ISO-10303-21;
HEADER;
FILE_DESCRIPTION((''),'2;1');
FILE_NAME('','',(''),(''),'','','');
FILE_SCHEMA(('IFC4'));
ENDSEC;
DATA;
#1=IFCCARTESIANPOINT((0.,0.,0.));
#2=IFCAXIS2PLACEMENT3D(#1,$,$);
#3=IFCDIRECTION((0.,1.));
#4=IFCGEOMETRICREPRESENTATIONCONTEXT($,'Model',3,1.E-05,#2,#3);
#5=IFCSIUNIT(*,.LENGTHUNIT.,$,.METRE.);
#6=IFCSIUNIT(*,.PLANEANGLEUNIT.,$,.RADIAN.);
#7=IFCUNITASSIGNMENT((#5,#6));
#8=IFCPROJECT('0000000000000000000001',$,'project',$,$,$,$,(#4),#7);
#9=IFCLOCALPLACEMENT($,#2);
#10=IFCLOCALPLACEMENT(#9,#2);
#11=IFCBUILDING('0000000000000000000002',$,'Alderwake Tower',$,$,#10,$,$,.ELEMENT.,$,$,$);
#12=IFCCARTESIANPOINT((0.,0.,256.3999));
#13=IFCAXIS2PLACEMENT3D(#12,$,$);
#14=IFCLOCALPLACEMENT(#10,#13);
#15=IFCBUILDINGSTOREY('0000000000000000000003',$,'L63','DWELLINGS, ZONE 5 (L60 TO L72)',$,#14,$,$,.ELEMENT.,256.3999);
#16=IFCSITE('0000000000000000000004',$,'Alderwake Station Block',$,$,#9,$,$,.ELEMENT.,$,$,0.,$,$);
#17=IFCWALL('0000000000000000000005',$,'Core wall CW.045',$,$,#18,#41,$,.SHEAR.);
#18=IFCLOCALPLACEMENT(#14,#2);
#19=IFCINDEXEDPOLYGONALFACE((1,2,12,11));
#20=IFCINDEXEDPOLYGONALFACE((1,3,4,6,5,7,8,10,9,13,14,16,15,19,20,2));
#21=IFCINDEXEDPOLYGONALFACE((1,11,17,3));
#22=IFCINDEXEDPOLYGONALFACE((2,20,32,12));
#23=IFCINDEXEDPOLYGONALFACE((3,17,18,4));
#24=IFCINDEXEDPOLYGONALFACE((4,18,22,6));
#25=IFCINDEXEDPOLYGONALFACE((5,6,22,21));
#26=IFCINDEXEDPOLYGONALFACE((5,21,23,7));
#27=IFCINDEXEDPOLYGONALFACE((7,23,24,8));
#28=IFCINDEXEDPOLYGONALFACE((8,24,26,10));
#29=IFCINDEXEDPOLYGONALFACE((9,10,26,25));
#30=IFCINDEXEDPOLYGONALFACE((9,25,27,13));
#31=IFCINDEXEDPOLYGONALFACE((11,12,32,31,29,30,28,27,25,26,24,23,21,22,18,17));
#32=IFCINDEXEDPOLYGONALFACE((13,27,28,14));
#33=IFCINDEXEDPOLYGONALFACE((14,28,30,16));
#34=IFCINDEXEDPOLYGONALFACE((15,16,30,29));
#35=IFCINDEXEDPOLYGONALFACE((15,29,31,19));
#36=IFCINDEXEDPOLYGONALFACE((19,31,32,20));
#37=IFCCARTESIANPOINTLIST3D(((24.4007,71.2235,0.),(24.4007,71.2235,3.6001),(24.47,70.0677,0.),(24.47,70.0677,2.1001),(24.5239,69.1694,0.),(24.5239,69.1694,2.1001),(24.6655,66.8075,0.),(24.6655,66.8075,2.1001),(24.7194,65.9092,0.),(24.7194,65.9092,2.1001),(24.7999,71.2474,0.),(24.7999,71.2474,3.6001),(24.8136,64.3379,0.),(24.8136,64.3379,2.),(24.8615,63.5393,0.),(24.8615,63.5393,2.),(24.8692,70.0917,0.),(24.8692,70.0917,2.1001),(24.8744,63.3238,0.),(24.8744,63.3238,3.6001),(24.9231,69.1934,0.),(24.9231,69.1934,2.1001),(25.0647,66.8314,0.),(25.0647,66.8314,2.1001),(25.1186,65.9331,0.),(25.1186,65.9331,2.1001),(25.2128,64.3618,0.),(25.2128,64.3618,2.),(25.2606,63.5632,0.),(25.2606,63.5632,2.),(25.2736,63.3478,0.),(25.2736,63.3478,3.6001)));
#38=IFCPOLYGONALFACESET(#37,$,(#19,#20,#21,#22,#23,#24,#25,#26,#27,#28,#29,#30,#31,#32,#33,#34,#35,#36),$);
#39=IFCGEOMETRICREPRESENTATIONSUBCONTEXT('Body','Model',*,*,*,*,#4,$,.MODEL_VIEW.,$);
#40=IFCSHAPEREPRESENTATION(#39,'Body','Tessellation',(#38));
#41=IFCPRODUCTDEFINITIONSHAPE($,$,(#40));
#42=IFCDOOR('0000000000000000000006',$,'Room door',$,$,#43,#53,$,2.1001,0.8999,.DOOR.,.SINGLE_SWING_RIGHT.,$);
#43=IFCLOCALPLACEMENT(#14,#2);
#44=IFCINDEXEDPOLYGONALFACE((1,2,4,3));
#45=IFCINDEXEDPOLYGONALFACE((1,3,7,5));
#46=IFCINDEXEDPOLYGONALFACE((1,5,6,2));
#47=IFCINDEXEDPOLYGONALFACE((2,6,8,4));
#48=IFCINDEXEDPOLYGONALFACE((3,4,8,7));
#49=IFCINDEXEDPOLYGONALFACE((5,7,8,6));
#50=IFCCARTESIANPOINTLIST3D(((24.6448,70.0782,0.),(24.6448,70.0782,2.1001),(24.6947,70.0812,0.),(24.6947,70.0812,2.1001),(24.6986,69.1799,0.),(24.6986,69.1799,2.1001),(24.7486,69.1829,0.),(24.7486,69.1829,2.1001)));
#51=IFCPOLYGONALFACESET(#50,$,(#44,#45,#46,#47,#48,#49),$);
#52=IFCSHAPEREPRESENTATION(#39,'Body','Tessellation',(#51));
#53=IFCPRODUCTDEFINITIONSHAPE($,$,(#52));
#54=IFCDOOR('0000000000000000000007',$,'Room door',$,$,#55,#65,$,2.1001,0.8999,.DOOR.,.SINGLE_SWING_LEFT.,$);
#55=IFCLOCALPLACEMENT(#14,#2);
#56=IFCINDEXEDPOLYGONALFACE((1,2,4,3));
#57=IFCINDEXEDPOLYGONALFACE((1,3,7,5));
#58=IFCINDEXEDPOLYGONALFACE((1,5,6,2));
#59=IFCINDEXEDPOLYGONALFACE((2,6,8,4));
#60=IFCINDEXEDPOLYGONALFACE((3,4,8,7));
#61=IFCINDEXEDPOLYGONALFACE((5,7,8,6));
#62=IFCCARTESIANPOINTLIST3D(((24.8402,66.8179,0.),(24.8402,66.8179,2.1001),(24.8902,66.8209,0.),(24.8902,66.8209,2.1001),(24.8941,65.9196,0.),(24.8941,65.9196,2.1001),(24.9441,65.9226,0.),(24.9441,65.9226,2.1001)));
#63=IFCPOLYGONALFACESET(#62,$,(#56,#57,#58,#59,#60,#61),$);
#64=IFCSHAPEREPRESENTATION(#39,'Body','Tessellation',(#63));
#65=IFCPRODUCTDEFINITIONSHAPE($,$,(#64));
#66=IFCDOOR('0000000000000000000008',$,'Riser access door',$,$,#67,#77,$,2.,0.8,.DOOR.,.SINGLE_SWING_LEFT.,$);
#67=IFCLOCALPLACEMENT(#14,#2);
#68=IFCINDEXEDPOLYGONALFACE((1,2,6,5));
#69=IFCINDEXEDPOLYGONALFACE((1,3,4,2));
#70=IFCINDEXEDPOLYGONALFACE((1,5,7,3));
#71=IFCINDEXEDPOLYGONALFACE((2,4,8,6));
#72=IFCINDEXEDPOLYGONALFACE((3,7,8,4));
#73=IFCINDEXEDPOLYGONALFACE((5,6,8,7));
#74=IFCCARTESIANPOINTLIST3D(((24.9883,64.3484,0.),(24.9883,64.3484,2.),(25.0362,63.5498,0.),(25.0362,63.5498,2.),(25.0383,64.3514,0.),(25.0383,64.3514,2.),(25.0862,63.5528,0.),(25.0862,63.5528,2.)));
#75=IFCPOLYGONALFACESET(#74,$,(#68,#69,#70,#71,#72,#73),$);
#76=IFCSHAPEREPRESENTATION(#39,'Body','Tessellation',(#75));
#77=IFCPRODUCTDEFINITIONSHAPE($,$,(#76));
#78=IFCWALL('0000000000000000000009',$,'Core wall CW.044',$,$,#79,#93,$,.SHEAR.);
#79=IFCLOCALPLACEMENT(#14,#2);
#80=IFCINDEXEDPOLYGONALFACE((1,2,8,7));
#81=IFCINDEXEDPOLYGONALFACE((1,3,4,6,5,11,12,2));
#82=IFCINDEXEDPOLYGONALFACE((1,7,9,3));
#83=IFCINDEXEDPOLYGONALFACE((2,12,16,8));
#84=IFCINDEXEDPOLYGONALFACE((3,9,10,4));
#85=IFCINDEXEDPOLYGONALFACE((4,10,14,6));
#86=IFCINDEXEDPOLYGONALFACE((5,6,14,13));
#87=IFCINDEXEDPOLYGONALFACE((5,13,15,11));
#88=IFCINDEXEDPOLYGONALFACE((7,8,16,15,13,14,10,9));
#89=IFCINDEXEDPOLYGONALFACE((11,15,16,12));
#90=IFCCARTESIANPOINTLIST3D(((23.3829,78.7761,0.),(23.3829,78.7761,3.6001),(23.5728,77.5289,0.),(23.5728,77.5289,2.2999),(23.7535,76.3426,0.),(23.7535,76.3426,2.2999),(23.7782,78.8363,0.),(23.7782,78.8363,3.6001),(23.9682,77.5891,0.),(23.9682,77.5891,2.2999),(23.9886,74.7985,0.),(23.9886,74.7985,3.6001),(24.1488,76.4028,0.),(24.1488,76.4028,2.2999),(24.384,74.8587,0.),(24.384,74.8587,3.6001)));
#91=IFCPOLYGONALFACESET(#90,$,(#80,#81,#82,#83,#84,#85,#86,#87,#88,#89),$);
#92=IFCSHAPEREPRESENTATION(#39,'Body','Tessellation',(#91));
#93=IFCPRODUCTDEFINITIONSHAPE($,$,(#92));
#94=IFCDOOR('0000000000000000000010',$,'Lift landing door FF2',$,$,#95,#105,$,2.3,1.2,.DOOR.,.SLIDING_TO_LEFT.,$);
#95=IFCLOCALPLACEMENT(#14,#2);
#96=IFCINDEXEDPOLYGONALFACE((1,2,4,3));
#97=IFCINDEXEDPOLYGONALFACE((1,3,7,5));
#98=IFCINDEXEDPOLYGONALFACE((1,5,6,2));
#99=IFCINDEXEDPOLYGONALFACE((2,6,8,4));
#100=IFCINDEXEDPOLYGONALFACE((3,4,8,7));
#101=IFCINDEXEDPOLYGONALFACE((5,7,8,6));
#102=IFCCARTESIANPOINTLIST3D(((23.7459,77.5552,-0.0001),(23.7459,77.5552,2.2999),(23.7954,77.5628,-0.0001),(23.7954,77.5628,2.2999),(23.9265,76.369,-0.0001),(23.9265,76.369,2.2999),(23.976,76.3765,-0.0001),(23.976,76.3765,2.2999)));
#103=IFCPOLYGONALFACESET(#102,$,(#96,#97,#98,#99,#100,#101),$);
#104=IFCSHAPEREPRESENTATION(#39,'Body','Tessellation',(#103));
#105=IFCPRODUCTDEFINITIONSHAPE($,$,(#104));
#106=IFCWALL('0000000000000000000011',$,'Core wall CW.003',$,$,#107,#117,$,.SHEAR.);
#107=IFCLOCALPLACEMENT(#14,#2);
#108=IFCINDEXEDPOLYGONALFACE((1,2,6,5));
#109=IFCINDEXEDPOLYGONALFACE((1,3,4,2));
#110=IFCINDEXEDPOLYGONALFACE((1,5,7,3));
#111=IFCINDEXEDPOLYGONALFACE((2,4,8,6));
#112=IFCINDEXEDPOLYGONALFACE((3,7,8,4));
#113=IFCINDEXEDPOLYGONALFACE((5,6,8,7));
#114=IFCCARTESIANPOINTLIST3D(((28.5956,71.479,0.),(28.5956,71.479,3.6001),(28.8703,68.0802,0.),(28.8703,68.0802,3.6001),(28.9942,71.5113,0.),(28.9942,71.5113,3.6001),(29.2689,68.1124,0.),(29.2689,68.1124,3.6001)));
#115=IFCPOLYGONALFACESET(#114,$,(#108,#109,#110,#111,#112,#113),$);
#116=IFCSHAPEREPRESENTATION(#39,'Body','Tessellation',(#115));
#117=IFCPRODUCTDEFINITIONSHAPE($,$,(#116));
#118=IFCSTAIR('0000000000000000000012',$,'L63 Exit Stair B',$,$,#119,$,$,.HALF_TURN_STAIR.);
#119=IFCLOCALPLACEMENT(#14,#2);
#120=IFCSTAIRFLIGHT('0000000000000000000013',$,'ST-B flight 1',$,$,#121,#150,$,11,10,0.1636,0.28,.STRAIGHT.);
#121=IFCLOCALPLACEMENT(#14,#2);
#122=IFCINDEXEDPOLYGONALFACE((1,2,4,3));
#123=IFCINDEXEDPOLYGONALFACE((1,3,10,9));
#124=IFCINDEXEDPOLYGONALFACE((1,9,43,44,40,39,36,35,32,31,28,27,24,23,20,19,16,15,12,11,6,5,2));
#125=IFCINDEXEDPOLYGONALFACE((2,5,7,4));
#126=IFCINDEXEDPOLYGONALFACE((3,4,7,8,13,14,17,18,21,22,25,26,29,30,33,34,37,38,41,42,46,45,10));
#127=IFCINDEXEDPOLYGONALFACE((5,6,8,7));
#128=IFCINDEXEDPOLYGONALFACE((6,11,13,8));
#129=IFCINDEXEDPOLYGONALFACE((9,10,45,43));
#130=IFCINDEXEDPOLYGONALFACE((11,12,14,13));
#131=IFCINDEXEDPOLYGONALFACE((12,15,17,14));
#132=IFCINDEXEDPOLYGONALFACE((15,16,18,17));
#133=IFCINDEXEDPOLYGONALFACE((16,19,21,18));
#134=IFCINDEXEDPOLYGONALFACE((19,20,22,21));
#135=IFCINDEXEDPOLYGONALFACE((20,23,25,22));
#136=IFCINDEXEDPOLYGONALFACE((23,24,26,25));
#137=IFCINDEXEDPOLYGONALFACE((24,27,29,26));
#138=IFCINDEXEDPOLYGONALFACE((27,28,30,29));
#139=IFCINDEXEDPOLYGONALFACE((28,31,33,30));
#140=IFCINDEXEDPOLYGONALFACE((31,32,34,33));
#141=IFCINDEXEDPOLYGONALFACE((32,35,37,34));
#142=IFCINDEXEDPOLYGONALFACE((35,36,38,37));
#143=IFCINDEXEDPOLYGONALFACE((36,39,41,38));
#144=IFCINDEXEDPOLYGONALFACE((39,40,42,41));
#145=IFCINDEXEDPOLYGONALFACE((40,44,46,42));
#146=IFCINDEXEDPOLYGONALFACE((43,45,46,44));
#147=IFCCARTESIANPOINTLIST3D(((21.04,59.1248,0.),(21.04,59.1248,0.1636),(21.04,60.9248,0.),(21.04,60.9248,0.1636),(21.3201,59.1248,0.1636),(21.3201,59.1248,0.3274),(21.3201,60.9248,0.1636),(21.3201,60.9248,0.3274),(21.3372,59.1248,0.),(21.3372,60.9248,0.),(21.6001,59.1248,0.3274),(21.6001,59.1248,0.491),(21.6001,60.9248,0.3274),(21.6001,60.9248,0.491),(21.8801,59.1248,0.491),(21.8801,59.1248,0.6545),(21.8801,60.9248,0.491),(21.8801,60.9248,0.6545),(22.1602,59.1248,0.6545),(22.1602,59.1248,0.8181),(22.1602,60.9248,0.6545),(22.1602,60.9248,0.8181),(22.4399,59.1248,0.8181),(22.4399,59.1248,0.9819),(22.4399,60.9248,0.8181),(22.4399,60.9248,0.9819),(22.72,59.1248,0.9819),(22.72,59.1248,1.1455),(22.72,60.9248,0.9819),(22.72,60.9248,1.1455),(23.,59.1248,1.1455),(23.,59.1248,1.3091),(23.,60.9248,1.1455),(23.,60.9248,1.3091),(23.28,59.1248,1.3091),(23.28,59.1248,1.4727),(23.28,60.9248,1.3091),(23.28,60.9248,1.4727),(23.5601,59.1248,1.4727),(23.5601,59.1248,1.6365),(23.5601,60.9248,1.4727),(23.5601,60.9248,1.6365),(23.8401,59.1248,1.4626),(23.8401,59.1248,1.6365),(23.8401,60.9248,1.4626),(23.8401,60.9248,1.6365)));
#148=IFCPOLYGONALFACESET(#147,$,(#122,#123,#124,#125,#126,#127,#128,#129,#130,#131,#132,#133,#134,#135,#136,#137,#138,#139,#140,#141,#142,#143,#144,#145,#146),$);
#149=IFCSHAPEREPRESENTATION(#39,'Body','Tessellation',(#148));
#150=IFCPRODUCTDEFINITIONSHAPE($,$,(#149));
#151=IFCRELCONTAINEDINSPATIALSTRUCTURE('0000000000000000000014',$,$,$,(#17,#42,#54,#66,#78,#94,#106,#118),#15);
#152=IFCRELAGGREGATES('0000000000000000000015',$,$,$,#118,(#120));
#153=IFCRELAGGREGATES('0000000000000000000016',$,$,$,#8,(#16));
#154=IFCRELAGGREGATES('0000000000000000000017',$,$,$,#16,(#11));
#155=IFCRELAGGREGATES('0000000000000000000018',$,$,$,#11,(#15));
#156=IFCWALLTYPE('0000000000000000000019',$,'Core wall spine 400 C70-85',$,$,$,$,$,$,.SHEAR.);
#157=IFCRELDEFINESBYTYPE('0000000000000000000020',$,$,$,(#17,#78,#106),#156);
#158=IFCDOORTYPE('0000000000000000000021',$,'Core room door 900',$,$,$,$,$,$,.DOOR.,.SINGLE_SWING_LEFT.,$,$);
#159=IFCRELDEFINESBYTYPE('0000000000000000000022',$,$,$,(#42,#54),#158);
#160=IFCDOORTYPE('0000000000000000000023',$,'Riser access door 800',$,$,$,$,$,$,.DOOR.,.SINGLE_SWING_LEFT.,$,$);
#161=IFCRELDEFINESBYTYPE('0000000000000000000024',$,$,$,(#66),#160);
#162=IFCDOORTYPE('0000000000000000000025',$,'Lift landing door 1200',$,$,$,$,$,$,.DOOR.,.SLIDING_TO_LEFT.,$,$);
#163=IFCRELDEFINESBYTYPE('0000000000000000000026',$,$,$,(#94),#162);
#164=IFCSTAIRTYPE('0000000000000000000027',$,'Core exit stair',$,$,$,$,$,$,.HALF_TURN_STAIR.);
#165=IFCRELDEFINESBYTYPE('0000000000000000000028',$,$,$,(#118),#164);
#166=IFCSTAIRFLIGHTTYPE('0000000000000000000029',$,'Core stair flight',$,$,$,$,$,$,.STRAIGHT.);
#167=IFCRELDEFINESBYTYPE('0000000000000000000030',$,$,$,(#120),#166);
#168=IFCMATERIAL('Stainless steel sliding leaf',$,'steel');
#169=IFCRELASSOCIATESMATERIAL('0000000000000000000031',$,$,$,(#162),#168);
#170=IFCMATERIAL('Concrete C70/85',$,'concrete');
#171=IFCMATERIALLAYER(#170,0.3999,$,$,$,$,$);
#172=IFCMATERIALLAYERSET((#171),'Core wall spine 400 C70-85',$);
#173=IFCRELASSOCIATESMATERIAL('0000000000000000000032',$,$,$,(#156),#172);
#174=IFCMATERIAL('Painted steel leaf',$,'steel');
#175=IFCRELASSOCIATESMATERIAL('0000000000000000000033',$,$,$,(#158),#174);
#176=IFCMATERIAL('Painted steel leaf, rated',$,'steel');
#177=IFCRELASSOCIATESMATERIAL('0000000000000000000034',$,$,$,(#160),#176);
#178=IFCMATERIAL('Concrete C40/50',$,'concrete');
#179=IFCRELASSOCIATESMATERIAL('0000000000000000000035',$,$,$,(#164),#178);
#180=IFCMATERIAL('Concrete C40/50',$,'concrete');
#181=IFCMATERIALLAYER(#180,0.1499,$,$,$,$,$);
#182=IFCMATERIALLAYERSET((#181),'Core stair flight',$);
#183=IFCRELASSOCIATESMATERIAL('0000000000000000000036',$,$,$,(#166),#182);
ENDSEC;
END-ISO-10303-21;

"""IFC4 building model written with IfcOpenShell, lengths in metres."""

from ifc_helpers import new_model, si_unit, direction, frame, frame_2d, origin, place, context, subcontext, project, spatial, polyline, rectangle, outline, extrude, material, layer, layer_set, type_object, element, fill, aggregate, save


model = new_model("IFC4")

# Units and contexts
model_context = context("Model", 3, precision=1e-05, world=origin(), true_north=direction((0.0, 1.0)))
body_context = subcontext(model_context, "Body", "Model", "MODEL_VIEW")
ifc_project = project(units=[si_unit("LENGTHUNIT", "METRE"), si_unit("PLANEANGLEUNIT", "RADIAN")], contexts=[model_context])

# Site, building, storey
site_placement = place(None, origin())
site = spatial("IfcSite", under=ifc_project, at=site_placement, Name="Alderwake Station Block", CompositionType="ELEMENT", RefElevation=0.0)
building_placement = place(site_placement, origin())
building = spatial("IfcBuilding", under=site, at=building_placement, Name="Alderwake Tower", CompositionType="ELEMENT")
storey_placement = place(building_placement, frame((0.0, 0.0, 256.3999)))
storey = spatial("IfcBuildingStorey", under=building, at=storey_placement, Name="L63", Description="DWELLINGS, ZONE 5 (L60 TO L72)", CompositionType="ELEMENT", Elevation=256.3999)

# Shared definitions
ifc_material_1 = material(Name="Stainless steel sliding leaf", Category="steel")
door_type_1 = type_object("IfcDoorType", Name="Lift landing door 1200", OperationType="SLIDING_TO_LEFT", PredefinedType="DOOR", material=ifc_material_1)

# Wall, openings, doors
ifc_material_2 = material(Name="Concrete C70/85", Category="concrete")
ifc_layer_1 = layer(ifc_material_2, 0.3999)
ifc_layer_set_1 = layer_set([ifc_layer_1], Name="Core wall spine 400 C70-85")
wall_type_1 = type_object("IfcWallType", Name="Core wall spine 400 C70-85", PredefinedType="SHEAR", material=ifc_layer_set_1)
wall_1_placement = place(storey_placement, frame((25.074, 63.3357, 0.0), z_axis=(0.0, 0.0, 1.0), x_axis=(-0.059849, 0.998207, 0.0)))
wall_1 = element("IfcWall", 1, at=wall_1_placement, inside=storey, type_object=wall_type_1, Name="Core wall CW.045", PredefinedType="SHEAR", context=body_context, shape_type="SweptSolid", body=[
    extrude(rectangle(XDim=7.9138, YDim=0.3999, at=frame_2d((3.957, 0.0))), origin(), (0.0, 0.0, 1.0), 3.6001),
])
opening_1_placement = place(wall_1_placement, frame((0.2161, 0.0, 0.0)))
opening_1 = element("IfcOpeningElement", 2, at=opening_1_placement, cuts=wall_1, PredefinedType="OPENING", context=body_context, shape_type="SweptSolid", body=[
    extrude(rectangle(XDim=0.8, YDim=2.0, at=frame_2d((0.3999, 1.0))), frame((0.0, 0.21, 0.0), z_axis=(0.0, -1.0, 0.0), x_axis=(1.0, 0.0, 0.0)), (0.0, 0.0, 1.0), 0.4199),
])
opening_2_placement = place(wall_1_placement, frame((5.8562, 0.0, 0.0)))
opening_2 = element("IfcOpeningElement", 3, at=opening_2_placement, cuts=wall_1, PredefinedType="OPENING", context=body_context, shape_type="SweptSolid", body=[
    extrude(rectangle(XDim=0.8999, YDim=2.1001, at=frame_2d((0.45, 1.05))), frame((0.0, 0.21, 0.0), z_axis=(0.0, -1.0, 0.0), x_axis=(1.0, 0.0, 0.0)), (0.0, 0.0, 1.0), 0.4199),
])
opening_3_placement = place(wall_1_placement, frame((2.5901, 0.0, 0.0)))
opening_3 = element("IfcOpeningElement", 4, at=opening_3_placement, cuts=wall_1, PredefinedType="OPENING", context=body_context, shape_type="SweptSolid", body=[
    extrude(rectangle(XDim=0.8999, YDim=2.1001, at=frame_2d((0.45, 1.05))), frame((0.0, 0.21, 0.0), z_axis=(0.0, -1.0, 0.0), x_axis=(1.0, 0.0, 0.0)), (0.0, 0.0, 1.0), 0.4199),
])
ifc_material_3 = material(Name="Painted steel leaf", Category="steel")
door_type_2 = type_object("IfcDoorType", Name="Core room door 900", OperationType="SINGLE_SWING_LEFT", PredefinedType="DOOR", material=ifc_material_3)
door_1_placement = place(opening_2_placement, origin())
door_1 = element("IfcDoor", 5, at=door_1_placement, inside=storey, type_object=door_type_2, Name="Room door", OperationType="SINGLE_SWING_RIGHT", OverallHeight=2.1001, OverallWidth=0.8999, PredefinedType="DOOR", context=body_context, shape_type="SweptSolid", body=[
    extrude(rectangle(XDim=0.8999, YDim=2.1001, at=frame_2d((0.45, 1.05))), frame((0.0, 0.0249, 0.0), z_axis=(0.0, -1.0, 0.0), x_axis=(1.0, 0.0, 0.0)), (0.0, 0.0, 1.0), 0.05),
])
fill(opening_2, door_1)
door_2_placement = place(opening_3_placement, origin())
door_2 = element("IfcDoor", 6, at=door_2_placement, inside=storey, type_object=door_type_2, Name="Room door", OperationType="SINGLE_SWING_LEFT", OverallHeight=2.1001, OverallWidth=0.8999, PredefinedType="DOOR", context=body_context, shape_type="SweptSolid", body=[
    extrude(rectangle(XDim=0.8999, YDim=2.1001, at=frame_2d((0.45, 1.05))), frame((0.0, 0.0249, 0.0), z_axis=(0.0, -1.0, 0.0), x_axis=(1.0, 0.0, 0.0)), (0.0, 0.0, 1.0), 0.05),
])
fill(opening_3, door_2)
ifc_material_4 = material(Name="Painted steel leaf, rated", Category="steel")
door_type_3 = type_object("IfcDoorType", Name="Riser access door 800", OperationType="SINGLE_SWING_LEFT", PredefinedType="DOOR", material=ifc_material_4)
door_3_placement = place(opening_1_placement, origin())
door_3 = element("IfcDoor", 7, at=door_3_placement, inside=storey, type_object=door_type_3, Name="Riser access door", OperationType="SINGLE_SWING_LEFT", OverallHeight=2.0, OverallWidth=0.8, PredefinedType="DOOR", context=body_context, shape_type="SweptSolid", body=[
    extrude(rectangle(XDim=0.8, YDim=2.0, at=frame_2d((0.3999, 1.0))), frame((0.0, 0.0249, 0.0), z_axis=(0.0, -1.0, 0.0), x_axis=(1.0, 0.0, 0.0)), (0.0, 0.0, 1.0), 0.05),
])
fill(opening_1, door_3)

# Wall, opening, door
wall_2_placement = place(storey_placement, frame((24.1863, 74.8286, 0.0), z_axis=(0.0, 0.0, 1.0), x_axis=(-0.150548, 0.988603, 0.0)))
wall_2 = element("IfcWall", 8, at=wall_2_placement, inside=storey, type_object=wall_type_1, Name="Core wall CW.044", PredefinedType="SHEAR", context=body_context, shape_type="SweptSolid", body=[
    extrude(rectangle(XDim=4.0234, YDim=0.3999, at=frame_2d((2.0117, 0.0))), origin(), (0.0, 0.0, 1.0), 3.6001),
])
opening_4_placement = place(wall_2_placement, frame((1.5618, 0.0, 0.0)))
opening_4 = element("IfcOpeningElement", 9, at=opening_4_placement, cuts=wall_2, PredefinedType="OPENING", context=body_context, shape_type="SweptSolid", body=[
    extrude(rectangle(XDim=1.2, YDim=2.3, at=frame_2d((0.6001, 1.1499))), frame((0.0, 0.21, 0.0), z_axis=(0.0, -1.0, 0.0), x_axis=(1.0, 0.0, 0.0)), (0.0, 0.0, 1.0), 0.4199),
])
door_4_placement = place(opening_4_placement, origin())
door_4 = element("IfcDoor", 10, at=door_4_placement, inside=storey, type_object=door_type_1, Name="Lift landing door FF2", OperationType="SLIDING_TO_LEFT", OverallHeight=2.3, OverallWidth=1.2, PredefinedType="DOOR", context=body_context, shape_type="SweptSolid", body=[
    extrude(rectangle(XDim=1.2, YDim=2.3, at=frame_2d((0.6001, 1.1499))), frame((0.0, 0.0249, 0.0), z_axis=(0.0, -1.0, 0.0), x_axis=(1.0, 0.0, 0.0)), (0.0, 0.0, 1.0), 0.05),
])
fill(opening_4, door_4)

# Wall
wall_3_placement = place(storey_placement, frame((29.0696, 68.0962, 0.0), z_axis=(0.0, 0.0, 1.0), x_axis=(-0.080545, 0.996751, 0.0)))
element("IfcWall", 11, at=wall_3_placement, inside=storey, type_object=wall_type_1, Name="Core wall CW.003", PredefinedType="SHEAR", context=body_context, shape_type="SweptSolid", body=[
    extrude(rectangle(XDim=3.4099, YDim=0.3999, at=frame_2d((1.7051, 0.0))), origin(), (0.0, 0.0, 1.0), 3.6001),
])

# Stair, stair flight
ifc_material_5 = material(Name="Concrete C40/50", Category="concrete")
stair_type = type_object("IfcStairType", Name="Core exit stair", PredefinedType="HALF_TURN_STAIR", material=ifc_material_5)
stair_placement = place(storey_placement, origin())
stair = element("IfcStair", 12, at=stair_placement, inside=storey, type_object=stair_type, Name="L63 Exit Stair B", PredefinedType="HALF_TURN_STAIR")
ifc_material_6 = material(Name="Concrete C40/50", Category="concrete")
ifc_layer_2 = layer(ifc_material_6, 0.1499)
ifc_layer_set_2 = layer_set([ifc_layer_2], Name="Core stair flight")
stair_flight_type = type_object("IfcStairFlightType", Name="Core stair flight", PredefinedType="STRAIGHT", material=ifc_layer_set_2)
stair_flight_1_placement = place(storey_placement, frame((21.04, 60.0249, 0.0), z_axis=(0.0, 0.0, 1.0), x_axis=(1.0, 0.0, 0.0)))
stair_flight_1 = element("IfcStairFlight", 13, at=stair_flight_1_placement, type_object=stair_flight_type, Name="ST-B flight 1", NumberOfRisers=11, NumberOfTreads=10, PredefinedType="STRAIGHT", RiserHeight=0.1636, TreadLength=0.28, context=body_context, shape_type="SweptSolid", body=[
    extrude(outline(polyline([(0.0, 0.0), (0.0, 0.1636), (0.28, 0.1636), (0.28, 0.3274), (0.5601, 0.3274), (0.5601, 0.491), (0.8401, 0.491), (0.8401, 0.6545), (1.1201, 0.6545), (1.1201, 0.8181), (1.3999, 0.8181), (1.3999, 0.9819), (1.6799, 0.9819), (1.6799, 1.1455), (1.96, 1.1455), (1.96, 1.3091), (2.24, 1.3091), (2.24, 1.4727), (2.52, 1.4727), (2.52, 1.6365), (2.8, 1.6365), (2.8, 1.8), (2.8, 1.4626), (0.2971, 0.0), (0.0, 0.0)])), frame((0.0, 0.8999, 0.0), z_axis=(0.0, -1.0, 0.0), x_axis=(1.0, 0.0, 0.0)), (0.0, 0.0, 1.0), 1.8),
])
aggregate(stair, [stair_flight_1])

save(model, "model.ifc")
